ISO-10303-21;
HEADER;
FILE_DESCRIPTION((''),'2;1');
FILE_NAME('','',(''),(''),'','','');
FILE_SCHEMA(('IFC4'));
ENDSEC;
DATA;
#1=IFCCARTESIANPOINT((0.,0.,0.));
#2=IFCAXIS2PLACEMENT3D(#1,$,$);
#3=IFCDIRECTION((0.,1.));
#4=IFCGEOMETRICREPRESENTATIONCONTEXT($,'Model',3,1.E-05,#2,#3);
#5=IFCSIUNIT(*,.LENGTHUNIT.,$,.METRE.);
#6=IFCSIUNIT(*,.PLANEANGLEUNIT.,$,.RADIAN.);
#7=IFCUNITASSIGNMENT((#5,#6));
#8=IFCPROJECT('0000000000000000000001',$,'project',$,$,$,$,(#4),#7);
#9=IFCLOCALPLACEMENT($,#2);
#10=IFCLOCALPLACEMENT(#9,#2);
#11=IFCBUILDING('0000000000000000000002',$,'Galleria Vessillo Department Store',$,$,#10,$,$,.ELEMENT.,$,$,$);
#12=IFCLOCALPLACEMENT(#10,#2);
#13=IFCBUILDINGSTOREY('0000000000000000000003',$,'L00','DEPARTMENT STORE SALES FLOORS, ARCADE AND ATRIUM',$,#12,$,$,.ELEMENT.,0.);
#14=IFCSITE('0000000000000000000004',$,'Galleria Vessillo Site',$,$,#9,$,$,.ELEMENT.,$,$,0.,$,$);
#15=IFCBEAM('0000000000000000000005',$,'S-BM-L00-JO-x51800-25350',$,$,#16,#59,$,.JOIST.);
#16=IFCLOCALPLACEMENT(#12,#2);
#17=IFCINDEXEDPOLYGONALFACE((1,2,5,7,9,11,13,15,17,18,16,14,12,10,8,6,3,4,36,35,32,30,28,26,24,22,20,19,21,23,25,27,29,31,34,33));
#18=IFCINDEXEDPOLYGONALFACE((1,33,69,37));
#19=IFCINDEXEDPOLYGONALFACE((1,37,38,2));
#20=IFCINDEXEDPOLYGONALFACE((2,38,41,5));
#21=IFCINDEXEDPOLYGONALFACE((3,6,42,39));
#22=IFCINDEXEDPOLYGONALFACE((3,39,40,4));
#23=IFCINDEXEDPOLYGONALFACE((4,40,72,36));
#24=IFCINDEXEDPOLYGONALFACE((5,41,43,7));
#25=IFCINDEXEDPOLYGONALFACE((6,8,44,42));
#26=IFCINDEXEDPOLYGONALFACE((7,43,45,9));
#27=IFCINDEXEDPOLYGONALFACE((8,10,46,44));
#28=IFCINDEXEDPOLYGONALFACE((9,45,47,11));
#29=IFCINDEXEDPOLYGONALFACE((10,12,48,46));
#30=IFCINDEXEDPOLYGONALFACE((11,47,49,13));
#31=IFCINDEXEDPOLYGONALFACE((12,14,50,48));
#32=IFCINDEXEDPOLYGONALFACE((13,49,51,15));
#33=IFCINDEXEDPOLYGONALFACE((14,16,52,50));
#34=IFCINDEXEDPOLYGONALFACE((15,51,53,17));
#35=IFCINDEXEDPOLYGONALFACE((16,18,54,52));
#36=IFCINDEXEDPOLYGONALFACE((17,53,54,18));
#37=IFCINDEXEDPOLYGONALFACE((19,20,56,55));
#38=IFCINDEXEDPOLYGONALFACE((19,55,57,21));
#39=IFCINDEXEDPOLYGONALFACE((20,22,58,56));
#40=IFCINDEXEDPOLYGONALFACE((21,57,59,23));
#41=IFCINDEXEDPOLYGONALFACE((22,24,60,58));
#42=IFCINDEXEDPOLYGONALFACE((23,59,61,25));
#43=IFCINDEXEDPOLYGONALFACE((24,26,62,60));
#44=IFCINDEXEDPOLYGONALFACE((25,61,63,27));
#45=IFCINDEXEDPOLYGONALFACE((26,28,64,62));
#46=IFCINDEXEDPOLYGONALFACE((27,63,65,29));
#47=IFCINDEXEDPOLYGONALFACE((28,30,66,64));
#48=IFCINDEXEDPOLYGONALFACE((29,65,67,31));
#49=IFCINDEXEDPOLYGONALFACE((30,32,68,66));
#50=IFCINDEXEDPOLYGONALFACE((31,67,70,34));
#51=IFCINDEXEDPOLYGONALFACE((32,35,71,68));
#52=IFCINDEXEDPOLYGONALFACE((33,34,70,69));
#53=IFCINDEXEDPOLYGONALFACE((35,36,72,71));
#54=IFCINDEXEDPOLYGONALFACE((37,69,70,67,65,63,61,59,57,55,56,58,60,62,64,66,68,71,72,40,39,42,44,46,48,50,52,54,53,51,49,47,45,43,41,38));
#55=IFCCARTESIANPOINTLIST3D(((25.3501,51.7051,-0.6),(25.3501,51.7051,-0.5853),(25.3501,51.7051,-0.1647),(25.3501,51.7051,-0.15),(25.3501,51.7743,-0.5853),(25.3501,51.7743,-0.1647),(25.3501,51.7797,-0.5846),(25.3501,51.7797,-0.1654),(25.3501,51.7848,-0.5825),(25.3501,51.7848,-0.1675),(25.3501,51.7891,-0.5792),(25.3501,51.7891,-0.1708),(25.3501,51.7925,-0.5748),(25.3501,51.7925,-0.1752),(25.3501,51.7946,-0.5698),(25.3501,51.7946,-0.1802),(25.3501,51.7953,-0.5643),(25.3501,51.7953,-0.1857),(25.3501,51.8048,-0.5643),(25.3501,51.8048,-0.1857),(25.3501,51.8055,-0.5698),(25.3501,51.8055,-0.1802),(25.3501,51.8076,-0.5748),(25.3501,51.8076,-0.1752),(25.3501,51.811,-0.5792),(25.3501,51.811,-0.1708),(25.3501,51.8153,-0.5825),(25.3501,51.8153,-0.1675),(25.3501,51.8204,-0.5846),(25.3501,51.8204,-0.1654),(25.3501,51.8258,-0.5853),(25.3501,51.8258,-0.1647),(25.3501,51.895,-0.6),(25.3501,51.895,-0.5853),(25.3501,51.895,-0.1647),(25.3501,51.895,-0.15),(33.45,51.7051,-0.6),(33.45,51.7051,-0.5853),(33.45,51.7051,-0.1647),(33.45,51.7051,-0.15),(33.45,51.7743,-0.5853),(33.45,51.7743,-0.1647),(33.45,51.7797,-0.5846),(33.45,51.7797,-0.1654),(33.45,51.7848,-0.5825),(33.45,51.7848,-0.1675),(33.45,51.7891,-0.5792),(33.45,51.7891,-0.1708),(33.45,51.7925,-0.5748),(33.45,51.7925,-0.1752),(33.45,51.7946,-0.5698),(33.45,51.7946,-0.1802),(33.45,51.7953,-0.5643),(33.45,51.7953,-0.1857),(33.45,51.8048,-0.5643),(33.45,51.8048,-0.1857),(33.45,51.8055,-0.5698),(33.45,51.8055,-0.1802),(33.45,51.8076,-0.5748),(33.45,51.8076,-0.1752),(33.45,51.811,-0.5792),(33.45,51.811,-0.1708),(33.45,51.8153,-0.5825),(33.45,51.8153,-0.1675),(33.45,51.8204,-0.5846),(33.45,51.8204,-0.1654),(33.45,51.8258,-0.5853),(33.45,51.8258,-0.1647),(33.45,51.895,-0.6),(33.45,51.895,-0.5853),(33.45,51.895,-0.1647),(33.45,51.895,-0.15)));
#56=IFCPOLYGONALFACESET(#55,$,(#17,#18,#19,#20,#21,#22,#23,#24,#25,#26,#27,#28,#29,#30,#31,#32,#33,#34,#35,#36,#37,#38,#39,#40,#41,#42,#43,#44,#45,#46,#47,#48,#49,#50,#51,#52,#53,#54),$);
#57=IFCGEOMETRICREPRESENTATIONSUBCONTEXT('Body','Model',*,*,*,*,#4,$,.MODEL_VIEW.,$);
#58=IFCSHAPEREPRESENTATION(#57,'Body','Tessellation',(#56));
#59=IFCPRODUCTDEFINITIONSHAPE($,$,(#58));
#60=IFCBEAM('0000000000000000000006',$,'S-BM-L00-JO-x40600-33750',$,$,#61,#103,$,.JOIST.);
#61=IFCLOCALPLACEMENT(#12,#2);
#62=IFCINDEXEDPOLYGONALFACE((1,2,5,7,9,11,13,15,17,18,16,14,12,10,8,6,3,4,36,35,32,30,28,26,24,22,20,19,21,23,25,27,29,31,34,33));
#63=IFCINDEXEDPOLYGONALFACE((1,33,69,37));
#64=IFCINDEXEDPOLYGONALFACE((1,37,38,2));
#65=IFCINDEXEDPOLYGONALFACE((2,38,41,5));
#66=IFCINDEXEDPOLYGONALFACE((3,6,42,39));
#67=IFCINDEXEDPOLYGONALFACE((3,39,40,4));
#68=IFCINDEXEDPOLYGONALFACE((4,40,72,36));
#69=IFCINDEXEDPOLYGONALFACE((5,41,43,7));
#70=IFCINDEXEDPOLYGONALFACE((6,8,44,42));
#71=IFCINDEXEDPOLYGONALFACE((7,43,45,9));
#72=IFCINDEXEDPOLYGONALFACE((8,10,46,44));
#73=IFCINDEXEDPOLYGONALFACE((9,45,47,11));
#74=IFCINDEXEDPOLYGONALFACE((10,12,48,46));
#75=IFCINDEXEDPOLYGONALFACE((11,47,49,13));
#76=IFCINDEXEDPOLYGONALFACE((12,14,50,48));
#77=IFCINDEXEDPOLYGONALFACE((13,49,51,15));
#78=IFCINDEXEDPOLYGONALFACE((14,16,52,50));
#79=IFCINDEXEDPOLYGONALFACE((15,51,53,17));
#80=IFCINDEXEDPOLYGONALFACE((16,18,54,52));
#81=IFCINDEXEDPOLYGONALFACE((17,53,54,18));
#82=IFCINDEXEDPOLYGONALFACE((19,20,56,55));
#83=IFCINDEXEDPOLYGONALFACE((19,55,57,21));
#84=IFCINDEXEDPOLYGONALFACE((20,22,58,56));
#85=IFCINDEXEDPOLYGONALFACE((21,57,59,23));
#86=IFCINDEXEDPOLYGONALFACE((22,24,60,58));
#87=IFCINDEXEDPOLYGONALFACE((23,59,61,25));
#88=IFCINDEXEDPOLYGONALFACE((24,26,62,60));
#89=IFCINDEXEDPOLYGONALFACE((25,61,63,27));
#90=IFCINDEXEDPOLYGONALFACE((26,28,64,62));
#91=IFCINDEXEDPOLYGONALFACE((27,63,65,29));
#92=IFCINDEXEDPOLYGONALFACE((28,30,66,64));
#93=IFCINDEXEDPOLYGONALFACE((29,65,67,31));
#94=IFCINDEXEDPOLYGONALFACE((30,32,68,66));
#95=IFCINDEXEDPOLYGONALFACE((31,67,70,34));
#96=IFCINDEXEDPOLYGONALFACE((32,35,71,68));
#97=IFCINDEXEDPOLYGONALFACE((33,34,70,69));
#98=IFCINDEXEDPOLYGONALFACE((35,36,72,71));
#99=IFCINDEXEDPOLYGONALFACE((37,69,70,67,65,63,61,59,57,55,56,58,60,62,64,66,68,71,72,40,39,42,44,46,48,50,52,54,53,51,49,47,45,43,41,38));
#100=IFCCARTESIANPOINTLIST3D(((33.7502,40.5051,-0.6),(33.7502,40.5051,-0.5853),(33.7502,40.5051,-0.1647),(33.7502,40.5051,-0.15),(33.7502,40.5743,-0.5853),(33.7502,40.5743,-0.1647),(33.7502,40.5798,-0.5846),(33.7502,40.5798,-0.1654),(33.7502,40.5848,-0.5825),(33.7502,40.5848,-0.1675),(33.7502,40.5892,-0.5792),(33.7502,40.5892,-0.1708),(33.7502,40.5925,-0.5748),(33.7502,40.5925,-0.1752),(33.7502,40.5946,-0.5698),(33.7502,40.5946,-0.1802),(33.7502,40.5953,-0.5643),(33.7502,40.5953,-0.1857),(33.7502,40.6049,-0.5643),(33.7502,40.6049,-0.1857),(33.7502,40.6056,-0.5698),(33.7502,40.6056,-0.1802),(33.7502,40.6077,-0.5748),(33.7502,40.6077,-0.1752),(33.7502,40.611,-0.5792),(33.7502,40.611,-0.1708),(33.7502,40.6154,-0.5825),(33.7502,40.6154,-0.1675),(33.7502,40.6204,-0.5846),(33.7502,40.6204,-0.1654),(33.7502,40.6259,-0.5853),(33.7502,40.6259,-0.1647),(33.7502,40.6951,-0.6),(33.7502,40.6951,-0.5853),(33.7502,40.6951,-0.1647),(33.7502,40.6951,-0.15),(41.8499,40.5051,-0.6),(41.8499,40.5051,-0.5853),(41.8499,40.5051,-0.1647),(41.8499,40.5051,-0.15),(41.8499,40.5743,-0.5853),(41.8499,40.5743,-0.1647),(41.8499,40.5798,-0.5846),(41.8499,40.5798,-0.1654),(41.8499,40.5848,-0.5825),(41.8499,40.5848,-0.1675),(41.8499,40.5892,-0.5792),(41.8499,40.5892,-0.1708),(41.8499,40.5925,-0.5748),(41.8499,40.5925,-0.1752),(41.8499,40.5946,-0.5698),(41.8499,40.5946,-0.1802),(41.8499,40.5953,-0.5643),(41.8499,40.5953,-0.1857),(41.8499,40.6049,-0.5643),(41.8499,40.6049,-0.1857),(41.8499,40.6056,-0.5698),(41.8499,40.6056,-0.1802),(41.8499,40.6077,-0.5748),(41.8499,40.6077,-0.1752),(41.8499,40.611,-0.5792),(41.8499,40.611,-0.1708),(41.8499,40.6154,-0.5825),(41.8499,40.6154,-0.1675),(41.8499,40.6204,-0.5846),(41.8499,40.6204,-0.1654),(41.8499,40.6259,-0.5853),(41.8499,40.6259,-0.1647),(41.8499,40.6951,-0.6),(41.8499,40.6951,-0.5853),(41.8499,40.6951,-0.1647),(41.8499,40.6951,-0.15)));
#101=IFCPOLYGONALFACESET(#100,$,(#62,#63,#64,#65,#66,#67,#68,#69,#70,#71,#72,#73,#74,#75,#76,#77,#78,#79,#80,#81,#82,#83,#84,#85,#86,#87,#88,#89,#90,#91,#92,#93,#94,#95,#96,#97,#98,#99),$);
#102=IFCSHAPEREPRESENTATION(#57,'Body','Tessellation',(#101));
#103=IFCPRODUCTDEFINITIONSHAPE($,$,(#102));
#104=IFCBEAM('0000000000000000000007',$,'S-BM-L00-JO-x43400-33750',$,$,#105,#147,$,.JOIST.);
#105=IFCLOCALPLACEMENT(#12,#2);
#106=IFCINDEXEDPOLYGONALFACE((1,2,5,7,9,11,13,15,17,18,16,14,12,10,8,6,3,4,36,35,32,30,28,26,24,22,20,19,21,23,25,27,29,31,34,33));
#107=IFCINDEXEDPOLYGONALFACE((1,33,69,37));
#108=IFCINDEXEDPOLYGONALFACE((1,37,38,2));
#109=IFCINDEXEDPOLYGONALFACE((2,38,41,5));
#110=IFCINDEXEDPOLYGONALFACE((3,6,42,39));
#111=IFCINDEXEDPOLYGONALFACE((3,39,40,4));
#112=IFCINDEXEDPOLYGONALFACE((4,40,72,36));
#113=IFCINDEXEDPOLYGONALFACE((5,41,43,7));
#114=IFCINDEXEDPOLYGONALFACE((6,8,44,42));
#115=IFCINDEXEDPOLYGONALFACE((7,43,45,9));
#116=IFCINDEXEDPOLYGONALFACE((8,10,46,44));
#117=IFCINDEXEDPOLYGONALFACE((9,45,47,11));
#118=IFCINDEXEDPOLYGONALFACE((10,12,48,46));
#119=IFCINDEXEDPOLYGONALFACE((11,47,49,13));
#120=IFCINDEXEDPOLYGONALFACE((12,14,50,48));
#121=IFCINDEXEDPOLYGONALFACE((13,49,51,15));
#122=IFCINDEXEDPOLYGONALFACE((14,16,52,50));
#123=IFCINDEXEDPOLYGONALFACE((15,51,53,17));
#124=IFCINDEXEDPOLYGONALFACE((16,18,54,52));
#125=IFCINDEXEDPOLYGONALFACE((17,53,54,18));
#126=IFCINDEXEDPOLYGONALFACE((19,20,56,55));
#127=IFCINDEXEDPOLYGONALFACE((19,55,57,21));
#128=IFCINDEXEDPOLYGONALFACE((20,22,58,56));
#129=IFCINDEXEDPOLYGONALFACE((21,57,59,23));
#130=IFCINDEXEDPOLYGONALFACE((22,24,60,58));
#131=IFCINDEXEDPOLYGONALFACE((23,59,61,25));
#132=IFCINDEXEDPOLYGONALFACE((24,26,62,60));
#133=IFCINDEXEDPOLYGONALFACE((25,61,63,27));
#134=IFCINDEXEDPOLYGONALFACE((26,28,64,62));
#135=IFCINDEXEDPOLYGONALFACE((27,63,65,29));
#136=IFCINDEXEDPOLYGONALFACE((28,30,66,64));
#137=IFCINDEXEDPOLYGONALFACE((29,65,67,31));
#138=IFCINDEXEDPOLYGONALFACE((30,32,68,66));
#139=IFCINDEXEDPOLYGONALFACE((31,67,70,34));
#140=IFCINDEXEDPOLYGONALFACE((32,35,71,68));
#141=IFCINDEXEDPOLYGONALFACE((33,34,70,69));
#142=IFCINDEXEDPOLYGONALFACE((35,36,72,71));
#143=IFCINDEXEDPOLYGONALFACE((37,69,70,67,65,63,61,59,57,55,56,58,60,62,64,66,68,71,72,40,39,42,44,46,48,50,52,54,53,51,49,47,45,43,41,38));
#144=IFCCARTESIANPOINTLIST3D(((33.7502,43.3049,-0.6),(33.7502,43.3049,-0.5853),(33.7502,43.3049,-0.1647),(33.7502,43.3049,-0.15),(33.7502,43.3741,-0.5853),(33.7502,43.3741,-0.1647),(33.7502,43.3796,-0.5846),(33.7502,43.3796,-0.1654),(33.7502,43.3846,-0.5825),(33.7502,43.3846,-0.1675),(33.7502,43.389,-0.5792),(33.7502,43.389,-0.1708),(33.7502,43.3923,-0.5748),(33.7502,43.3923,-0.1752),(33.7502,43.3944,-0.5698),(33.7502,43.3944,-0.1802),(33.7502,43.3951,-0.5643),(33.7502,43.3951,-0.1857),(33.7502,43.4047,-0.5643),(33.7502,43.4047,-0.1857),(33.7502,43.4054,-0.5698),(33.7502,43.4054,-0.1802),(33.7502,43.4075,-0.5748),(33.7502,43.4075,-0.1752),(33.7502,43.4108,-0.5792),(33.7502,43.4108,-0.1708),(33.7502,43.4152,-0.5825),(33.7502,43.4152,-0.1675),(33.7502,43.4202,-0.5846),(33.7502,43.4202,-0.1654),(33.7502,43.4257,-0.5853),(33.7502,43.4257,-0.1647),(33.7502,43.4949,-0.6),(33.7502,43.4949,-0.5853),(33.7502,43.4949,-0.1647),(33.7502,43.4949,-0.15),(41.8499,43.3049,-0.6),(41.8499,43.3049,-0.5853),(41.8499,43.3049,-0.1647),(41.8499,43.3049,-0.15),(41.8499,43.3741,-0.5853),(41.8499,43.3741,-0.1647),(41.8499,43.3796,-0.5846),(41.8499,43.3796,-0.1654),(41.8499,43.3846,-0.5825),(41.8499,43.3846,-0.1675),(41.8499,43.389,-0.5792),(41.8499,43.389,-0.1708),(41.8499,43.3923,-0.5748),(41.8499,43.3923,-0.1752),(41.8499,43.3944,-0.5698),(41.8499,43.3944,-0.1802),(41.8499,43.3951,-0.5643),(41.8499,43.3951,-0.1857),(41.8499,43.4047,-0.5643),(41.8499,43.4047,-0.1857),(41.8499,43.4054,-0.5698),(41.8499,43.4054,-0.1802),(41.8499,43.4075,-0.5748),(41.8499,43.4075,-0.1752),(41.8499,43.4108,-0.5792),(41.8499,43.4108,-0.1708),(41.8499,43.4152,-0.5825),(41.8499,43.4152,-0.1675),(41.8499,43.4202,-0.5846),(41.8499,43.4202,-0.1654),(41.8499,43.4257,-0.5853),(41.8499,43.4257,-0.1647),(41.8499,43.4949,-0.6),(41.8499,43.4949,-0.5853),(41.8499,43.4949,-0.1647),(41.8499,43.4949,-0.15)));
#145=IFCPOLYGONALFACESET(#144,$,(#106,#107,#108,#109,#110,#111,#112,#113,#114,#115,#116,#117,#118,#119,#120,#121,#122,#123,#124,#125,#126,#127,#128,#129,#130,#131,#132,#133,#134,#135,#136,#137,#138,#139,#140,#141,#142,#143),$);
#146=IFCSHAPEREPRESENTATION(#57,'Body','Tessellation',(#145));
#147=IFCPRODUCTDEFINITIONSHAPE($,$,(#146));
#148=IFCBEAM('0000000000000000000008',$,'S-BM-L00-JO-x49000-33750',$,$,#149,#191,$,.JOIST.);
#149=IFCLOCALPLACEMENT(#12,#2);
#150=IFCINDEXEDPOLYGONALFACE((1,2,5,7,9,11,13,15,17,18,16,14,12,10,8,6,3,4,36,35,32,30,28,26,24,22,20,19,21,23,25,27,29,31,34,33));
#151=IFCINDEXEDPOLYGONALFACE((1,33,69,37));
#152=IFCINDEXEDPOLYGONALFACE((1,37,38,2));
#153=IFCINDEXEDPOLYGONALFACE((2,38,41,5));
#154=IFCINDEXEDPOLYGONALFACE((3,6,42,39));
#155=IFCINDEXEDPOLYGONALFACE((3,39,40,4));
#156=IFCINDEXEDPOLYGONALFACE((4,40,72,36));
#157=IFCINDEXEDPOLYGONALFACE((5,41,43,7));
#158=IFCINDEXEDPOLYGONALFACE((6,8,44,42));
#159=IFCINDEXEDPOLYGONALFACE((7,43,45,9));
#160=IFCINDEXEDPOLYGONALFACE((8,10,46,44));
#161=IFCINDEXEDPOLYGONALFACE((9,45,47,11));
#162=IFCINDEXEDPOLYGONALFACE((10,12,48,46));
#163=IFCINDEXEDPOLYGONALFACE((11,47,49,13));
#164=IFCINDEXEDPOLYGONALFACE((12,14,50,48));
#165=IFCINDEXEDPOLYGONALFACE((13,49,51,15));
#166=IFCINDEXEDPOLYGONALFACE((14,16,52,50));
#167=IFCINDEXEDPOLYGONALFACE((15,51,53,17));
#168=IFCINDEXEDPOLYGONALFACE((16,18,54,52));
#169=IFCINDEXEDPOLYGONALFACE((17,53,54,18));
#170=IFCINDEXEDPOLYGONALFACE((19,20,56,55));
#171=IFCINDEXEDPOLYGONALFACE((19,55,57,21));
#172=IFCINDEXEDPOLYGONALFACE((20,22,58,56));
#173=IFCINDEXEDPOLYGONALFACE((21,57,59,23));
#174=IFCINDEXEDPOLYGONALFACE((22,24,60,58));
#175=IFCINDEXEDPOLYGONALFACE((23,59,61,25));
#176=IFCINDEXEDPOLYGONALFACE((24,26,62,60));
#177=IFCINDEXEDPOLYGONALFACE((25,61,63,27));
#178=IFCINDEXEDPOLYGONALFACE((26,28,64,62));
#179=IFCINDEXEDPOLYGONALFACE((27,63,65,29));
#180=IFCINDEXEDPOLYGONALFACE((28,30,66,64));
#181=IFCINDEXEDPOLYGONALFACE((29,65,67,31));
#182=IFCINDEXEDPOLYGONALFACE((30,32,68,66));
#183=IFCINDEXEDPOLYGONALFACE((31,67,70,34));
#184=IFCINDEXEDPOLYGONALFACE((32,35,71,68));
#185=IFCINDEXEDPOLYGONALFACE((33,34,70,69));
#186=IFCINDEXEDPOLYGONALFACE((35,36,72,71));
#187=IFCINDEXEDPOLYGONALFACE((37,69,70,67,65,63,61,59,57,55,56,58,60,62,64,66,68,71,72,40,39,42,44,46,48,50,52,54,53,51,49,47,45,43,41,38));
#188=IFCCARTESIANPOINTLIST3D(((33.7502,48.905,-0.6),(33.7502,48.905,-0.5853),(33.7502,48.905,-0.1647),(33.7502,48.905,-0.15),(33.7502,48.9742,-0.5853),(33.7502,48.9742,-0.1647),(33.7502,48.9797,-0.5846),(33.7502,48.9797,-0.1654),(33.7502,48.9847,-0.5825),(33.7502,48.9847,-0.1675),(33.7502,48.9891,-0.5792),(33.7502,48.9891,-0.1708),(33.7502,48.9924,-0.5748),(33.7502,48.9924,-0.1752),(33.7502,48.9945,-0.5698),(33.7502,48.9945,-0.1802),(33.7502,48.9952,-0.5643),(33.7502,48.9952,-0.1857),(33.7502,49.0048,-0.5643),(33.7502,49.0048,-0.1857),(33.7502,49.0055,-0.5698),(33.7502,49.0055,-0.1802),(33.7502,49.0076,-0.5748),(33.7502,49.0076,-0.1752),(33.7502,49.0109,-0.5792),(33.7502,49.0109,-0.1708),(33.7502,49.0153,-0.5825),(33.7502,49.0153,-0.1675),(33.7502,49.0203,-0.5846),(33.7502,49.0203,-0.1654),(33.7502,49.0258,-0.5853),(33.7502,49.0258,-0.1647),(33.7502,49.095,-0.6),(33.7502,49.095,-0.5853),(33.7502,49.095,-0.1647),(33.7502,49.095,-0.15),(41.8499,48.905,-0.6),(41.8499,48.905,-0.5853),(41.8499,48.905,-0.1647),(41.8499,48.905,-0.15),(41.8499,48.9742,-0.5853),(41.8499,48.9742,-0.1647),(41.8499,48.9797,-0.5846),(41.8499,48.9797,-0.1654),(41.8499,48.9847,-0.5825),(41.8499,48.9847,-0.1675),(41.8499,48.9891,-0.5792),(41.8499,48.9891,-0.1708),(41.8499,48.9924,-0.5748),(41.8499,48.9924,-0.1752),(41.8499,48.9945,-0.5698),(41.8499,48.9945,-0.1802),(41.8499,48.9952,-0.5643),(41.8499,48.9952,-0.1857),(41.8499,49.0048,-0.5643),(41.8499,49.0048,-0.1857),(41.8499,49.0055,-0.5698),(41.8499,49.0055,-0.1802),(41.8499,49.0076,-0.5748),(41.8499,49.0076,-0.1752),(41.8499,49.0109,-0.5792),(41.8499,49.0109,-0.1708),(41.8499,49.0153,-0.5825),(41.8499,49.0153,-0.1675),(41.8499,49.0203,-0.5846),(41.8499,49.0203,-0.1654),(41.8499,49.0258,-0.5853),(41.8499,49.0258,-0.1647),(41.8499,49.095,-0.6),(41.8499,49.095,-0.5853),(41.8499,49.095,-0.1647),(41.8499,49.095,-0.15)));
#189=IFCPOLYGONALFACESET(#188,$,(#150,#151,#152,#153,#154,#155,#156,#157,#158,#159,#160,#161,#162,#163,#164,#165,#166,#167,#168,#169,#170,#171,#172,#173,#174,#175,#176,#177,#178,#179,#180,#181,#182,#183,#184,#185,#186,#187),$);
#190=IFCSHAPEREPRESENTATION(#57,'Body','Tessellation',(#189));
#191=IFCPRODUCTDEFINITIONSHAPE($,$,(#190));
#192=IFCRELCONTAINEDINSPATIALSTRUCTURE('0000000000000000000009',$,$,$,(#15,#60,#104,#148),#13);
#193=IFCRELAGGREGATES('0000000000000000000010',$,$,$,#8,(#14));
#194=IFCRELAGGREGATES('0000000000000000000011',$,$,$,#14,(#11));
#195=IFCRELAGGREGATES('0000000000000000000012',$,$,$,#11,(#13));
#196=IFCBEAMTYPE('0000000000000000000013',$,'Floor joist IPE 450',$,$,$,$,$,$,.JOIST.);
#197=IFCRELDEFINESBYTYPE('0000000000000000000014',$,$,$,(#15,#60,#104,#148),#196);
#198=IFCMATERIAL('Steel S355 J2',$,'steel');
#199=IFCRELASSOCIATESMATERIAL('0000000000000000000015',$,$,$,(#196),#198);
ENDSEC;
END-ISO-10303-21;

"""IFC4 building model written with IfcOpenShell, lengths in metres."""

from ifc_helpers import new_model, si_unit, direction, frame, origin, origin_2d, place, context, subcontext, project, spatial, i_section, extrude, material, material_profile, profile_set, type_object, element, save


model = new_model("IFC4")

# Units and contexts
model_context = context("Model", 3, precision=1e-05, world=origin(), true_north=direction((0.0, 1.0)))
body_context = subcontext(model_context, "Body", "Model", "MODEL_VIEW")
ifc_project = project(units=[si_unit("LENGTHUNIT", "METRE"), si_unit("PLANEANGLEUNIT", "RADIAN")], contexts=[model_context])

# Site, building, storey
site_placement = place(None, origin())
site = spatial("IfcSite", under=ifc_project, at=site_placement, Name="Galleria Vessillo Site", CompositionType="ELEMENT", RefElevation=0.0)
building_placement = place(site_placement, origin())
building = spatial("IfcBuilding", under=site, at=building_placement, Name="Galleria Vessillo Department Store", CompositionType="ELEMENT")
storey_placement = place(building_placement, origin())
storey = spatial("IfcBuildingStorey", under=building, at=storey_placement, Name="L00", Description="DEPARTMENT STORE SALES FLOORS, ARCADE AND ATRIUM", CompositionType="ELEMENT", Elevation=0.0)

# Beams
ifc_material_1 = material(Name="Steel S355 J2", Category="steel")
ifc_material_profile_1 = material_profile(ifc_material_1, i_section(OverallWidth=0.1899, OverallDepth=0.45, WebThickness=0.0095, FlangeThickness=0.0146, FilletRadius=0.021, at=origin_2d()), Name="IPE 450")
ifc_profile_set_1 = profile_set([ifc_material_profile_1], Name="Steel S355 J2")
beam_type_1 = type_object("IfcBeamType", Name="Floor joist IPE 450", PredefinedType="JOIST", material=ifc_profile_set_1)
for number, where, z_axis, x_axis, name in (
    (1, (25.3501, 51.8, -0.375), (1.0, 0.0, 0.0), (0.0, 1.0, 0.0), "S-BM-L00-JO-x51800-25350"),
):
    element("IfcBeam", number, at=place(storey_placement, frame(where, z_axis=z_axis, x_axis=x_axis)), inside=storey, type_object=beam_type_1, Name=name, PredefinedType="JOIST", context=body_context, shape_type="SweptSolid", body=[
        extrude(i_section(OverallWidth=0.1899, OverallDepth=0.45, WebThickness=0.0095, FlangeThickness=0.0146, FilletRadius=0.021, at=origin_2d()), origin(), (0.0, 0.0, 1.0), 8.0999),
    ])
for number, where, z_axis, x_axis, name in (
    (2, (33.7502, 40.6001, -0.375), (1.0, 0.0, 0.0), (0.0, 1.0, 0.0), "S-BM-L00-JO-x40600-33750"),
    (3, (33.7502, 43.3999, -0.375), (1.0, 0.0, 0.0), (0.0, 1.0, 0.0), "S-BM-L00-JO-x43400-33750"),
    (4, (33.7502, 49.0, -0.375), (1.0, 0.0, 0.0), (0.0, 1.0, 0.0), "S-BM-L00-JO-x49000-33750"),
):
    element("IfcBeam", number, at=place(storey_placement, frame(where, z_axis=z_axis, x_axis=x_axis)), inside=storey, type_object=beam_type_1, Name=name, PredefinedType="JOIST", context=body_context, shape_type="SweptSolid", body=[
        extrude(i_section(OverallWidth=0.1899, OverallDepth=0.45, WebThickness=0.0095, FlangeThickness=0.0146, FilletRadius=0.021, at=origin_2d()), origin(), (0.0, 0.0, 1.0), 8.0996),
    ])

save(model, "model.ifc")
